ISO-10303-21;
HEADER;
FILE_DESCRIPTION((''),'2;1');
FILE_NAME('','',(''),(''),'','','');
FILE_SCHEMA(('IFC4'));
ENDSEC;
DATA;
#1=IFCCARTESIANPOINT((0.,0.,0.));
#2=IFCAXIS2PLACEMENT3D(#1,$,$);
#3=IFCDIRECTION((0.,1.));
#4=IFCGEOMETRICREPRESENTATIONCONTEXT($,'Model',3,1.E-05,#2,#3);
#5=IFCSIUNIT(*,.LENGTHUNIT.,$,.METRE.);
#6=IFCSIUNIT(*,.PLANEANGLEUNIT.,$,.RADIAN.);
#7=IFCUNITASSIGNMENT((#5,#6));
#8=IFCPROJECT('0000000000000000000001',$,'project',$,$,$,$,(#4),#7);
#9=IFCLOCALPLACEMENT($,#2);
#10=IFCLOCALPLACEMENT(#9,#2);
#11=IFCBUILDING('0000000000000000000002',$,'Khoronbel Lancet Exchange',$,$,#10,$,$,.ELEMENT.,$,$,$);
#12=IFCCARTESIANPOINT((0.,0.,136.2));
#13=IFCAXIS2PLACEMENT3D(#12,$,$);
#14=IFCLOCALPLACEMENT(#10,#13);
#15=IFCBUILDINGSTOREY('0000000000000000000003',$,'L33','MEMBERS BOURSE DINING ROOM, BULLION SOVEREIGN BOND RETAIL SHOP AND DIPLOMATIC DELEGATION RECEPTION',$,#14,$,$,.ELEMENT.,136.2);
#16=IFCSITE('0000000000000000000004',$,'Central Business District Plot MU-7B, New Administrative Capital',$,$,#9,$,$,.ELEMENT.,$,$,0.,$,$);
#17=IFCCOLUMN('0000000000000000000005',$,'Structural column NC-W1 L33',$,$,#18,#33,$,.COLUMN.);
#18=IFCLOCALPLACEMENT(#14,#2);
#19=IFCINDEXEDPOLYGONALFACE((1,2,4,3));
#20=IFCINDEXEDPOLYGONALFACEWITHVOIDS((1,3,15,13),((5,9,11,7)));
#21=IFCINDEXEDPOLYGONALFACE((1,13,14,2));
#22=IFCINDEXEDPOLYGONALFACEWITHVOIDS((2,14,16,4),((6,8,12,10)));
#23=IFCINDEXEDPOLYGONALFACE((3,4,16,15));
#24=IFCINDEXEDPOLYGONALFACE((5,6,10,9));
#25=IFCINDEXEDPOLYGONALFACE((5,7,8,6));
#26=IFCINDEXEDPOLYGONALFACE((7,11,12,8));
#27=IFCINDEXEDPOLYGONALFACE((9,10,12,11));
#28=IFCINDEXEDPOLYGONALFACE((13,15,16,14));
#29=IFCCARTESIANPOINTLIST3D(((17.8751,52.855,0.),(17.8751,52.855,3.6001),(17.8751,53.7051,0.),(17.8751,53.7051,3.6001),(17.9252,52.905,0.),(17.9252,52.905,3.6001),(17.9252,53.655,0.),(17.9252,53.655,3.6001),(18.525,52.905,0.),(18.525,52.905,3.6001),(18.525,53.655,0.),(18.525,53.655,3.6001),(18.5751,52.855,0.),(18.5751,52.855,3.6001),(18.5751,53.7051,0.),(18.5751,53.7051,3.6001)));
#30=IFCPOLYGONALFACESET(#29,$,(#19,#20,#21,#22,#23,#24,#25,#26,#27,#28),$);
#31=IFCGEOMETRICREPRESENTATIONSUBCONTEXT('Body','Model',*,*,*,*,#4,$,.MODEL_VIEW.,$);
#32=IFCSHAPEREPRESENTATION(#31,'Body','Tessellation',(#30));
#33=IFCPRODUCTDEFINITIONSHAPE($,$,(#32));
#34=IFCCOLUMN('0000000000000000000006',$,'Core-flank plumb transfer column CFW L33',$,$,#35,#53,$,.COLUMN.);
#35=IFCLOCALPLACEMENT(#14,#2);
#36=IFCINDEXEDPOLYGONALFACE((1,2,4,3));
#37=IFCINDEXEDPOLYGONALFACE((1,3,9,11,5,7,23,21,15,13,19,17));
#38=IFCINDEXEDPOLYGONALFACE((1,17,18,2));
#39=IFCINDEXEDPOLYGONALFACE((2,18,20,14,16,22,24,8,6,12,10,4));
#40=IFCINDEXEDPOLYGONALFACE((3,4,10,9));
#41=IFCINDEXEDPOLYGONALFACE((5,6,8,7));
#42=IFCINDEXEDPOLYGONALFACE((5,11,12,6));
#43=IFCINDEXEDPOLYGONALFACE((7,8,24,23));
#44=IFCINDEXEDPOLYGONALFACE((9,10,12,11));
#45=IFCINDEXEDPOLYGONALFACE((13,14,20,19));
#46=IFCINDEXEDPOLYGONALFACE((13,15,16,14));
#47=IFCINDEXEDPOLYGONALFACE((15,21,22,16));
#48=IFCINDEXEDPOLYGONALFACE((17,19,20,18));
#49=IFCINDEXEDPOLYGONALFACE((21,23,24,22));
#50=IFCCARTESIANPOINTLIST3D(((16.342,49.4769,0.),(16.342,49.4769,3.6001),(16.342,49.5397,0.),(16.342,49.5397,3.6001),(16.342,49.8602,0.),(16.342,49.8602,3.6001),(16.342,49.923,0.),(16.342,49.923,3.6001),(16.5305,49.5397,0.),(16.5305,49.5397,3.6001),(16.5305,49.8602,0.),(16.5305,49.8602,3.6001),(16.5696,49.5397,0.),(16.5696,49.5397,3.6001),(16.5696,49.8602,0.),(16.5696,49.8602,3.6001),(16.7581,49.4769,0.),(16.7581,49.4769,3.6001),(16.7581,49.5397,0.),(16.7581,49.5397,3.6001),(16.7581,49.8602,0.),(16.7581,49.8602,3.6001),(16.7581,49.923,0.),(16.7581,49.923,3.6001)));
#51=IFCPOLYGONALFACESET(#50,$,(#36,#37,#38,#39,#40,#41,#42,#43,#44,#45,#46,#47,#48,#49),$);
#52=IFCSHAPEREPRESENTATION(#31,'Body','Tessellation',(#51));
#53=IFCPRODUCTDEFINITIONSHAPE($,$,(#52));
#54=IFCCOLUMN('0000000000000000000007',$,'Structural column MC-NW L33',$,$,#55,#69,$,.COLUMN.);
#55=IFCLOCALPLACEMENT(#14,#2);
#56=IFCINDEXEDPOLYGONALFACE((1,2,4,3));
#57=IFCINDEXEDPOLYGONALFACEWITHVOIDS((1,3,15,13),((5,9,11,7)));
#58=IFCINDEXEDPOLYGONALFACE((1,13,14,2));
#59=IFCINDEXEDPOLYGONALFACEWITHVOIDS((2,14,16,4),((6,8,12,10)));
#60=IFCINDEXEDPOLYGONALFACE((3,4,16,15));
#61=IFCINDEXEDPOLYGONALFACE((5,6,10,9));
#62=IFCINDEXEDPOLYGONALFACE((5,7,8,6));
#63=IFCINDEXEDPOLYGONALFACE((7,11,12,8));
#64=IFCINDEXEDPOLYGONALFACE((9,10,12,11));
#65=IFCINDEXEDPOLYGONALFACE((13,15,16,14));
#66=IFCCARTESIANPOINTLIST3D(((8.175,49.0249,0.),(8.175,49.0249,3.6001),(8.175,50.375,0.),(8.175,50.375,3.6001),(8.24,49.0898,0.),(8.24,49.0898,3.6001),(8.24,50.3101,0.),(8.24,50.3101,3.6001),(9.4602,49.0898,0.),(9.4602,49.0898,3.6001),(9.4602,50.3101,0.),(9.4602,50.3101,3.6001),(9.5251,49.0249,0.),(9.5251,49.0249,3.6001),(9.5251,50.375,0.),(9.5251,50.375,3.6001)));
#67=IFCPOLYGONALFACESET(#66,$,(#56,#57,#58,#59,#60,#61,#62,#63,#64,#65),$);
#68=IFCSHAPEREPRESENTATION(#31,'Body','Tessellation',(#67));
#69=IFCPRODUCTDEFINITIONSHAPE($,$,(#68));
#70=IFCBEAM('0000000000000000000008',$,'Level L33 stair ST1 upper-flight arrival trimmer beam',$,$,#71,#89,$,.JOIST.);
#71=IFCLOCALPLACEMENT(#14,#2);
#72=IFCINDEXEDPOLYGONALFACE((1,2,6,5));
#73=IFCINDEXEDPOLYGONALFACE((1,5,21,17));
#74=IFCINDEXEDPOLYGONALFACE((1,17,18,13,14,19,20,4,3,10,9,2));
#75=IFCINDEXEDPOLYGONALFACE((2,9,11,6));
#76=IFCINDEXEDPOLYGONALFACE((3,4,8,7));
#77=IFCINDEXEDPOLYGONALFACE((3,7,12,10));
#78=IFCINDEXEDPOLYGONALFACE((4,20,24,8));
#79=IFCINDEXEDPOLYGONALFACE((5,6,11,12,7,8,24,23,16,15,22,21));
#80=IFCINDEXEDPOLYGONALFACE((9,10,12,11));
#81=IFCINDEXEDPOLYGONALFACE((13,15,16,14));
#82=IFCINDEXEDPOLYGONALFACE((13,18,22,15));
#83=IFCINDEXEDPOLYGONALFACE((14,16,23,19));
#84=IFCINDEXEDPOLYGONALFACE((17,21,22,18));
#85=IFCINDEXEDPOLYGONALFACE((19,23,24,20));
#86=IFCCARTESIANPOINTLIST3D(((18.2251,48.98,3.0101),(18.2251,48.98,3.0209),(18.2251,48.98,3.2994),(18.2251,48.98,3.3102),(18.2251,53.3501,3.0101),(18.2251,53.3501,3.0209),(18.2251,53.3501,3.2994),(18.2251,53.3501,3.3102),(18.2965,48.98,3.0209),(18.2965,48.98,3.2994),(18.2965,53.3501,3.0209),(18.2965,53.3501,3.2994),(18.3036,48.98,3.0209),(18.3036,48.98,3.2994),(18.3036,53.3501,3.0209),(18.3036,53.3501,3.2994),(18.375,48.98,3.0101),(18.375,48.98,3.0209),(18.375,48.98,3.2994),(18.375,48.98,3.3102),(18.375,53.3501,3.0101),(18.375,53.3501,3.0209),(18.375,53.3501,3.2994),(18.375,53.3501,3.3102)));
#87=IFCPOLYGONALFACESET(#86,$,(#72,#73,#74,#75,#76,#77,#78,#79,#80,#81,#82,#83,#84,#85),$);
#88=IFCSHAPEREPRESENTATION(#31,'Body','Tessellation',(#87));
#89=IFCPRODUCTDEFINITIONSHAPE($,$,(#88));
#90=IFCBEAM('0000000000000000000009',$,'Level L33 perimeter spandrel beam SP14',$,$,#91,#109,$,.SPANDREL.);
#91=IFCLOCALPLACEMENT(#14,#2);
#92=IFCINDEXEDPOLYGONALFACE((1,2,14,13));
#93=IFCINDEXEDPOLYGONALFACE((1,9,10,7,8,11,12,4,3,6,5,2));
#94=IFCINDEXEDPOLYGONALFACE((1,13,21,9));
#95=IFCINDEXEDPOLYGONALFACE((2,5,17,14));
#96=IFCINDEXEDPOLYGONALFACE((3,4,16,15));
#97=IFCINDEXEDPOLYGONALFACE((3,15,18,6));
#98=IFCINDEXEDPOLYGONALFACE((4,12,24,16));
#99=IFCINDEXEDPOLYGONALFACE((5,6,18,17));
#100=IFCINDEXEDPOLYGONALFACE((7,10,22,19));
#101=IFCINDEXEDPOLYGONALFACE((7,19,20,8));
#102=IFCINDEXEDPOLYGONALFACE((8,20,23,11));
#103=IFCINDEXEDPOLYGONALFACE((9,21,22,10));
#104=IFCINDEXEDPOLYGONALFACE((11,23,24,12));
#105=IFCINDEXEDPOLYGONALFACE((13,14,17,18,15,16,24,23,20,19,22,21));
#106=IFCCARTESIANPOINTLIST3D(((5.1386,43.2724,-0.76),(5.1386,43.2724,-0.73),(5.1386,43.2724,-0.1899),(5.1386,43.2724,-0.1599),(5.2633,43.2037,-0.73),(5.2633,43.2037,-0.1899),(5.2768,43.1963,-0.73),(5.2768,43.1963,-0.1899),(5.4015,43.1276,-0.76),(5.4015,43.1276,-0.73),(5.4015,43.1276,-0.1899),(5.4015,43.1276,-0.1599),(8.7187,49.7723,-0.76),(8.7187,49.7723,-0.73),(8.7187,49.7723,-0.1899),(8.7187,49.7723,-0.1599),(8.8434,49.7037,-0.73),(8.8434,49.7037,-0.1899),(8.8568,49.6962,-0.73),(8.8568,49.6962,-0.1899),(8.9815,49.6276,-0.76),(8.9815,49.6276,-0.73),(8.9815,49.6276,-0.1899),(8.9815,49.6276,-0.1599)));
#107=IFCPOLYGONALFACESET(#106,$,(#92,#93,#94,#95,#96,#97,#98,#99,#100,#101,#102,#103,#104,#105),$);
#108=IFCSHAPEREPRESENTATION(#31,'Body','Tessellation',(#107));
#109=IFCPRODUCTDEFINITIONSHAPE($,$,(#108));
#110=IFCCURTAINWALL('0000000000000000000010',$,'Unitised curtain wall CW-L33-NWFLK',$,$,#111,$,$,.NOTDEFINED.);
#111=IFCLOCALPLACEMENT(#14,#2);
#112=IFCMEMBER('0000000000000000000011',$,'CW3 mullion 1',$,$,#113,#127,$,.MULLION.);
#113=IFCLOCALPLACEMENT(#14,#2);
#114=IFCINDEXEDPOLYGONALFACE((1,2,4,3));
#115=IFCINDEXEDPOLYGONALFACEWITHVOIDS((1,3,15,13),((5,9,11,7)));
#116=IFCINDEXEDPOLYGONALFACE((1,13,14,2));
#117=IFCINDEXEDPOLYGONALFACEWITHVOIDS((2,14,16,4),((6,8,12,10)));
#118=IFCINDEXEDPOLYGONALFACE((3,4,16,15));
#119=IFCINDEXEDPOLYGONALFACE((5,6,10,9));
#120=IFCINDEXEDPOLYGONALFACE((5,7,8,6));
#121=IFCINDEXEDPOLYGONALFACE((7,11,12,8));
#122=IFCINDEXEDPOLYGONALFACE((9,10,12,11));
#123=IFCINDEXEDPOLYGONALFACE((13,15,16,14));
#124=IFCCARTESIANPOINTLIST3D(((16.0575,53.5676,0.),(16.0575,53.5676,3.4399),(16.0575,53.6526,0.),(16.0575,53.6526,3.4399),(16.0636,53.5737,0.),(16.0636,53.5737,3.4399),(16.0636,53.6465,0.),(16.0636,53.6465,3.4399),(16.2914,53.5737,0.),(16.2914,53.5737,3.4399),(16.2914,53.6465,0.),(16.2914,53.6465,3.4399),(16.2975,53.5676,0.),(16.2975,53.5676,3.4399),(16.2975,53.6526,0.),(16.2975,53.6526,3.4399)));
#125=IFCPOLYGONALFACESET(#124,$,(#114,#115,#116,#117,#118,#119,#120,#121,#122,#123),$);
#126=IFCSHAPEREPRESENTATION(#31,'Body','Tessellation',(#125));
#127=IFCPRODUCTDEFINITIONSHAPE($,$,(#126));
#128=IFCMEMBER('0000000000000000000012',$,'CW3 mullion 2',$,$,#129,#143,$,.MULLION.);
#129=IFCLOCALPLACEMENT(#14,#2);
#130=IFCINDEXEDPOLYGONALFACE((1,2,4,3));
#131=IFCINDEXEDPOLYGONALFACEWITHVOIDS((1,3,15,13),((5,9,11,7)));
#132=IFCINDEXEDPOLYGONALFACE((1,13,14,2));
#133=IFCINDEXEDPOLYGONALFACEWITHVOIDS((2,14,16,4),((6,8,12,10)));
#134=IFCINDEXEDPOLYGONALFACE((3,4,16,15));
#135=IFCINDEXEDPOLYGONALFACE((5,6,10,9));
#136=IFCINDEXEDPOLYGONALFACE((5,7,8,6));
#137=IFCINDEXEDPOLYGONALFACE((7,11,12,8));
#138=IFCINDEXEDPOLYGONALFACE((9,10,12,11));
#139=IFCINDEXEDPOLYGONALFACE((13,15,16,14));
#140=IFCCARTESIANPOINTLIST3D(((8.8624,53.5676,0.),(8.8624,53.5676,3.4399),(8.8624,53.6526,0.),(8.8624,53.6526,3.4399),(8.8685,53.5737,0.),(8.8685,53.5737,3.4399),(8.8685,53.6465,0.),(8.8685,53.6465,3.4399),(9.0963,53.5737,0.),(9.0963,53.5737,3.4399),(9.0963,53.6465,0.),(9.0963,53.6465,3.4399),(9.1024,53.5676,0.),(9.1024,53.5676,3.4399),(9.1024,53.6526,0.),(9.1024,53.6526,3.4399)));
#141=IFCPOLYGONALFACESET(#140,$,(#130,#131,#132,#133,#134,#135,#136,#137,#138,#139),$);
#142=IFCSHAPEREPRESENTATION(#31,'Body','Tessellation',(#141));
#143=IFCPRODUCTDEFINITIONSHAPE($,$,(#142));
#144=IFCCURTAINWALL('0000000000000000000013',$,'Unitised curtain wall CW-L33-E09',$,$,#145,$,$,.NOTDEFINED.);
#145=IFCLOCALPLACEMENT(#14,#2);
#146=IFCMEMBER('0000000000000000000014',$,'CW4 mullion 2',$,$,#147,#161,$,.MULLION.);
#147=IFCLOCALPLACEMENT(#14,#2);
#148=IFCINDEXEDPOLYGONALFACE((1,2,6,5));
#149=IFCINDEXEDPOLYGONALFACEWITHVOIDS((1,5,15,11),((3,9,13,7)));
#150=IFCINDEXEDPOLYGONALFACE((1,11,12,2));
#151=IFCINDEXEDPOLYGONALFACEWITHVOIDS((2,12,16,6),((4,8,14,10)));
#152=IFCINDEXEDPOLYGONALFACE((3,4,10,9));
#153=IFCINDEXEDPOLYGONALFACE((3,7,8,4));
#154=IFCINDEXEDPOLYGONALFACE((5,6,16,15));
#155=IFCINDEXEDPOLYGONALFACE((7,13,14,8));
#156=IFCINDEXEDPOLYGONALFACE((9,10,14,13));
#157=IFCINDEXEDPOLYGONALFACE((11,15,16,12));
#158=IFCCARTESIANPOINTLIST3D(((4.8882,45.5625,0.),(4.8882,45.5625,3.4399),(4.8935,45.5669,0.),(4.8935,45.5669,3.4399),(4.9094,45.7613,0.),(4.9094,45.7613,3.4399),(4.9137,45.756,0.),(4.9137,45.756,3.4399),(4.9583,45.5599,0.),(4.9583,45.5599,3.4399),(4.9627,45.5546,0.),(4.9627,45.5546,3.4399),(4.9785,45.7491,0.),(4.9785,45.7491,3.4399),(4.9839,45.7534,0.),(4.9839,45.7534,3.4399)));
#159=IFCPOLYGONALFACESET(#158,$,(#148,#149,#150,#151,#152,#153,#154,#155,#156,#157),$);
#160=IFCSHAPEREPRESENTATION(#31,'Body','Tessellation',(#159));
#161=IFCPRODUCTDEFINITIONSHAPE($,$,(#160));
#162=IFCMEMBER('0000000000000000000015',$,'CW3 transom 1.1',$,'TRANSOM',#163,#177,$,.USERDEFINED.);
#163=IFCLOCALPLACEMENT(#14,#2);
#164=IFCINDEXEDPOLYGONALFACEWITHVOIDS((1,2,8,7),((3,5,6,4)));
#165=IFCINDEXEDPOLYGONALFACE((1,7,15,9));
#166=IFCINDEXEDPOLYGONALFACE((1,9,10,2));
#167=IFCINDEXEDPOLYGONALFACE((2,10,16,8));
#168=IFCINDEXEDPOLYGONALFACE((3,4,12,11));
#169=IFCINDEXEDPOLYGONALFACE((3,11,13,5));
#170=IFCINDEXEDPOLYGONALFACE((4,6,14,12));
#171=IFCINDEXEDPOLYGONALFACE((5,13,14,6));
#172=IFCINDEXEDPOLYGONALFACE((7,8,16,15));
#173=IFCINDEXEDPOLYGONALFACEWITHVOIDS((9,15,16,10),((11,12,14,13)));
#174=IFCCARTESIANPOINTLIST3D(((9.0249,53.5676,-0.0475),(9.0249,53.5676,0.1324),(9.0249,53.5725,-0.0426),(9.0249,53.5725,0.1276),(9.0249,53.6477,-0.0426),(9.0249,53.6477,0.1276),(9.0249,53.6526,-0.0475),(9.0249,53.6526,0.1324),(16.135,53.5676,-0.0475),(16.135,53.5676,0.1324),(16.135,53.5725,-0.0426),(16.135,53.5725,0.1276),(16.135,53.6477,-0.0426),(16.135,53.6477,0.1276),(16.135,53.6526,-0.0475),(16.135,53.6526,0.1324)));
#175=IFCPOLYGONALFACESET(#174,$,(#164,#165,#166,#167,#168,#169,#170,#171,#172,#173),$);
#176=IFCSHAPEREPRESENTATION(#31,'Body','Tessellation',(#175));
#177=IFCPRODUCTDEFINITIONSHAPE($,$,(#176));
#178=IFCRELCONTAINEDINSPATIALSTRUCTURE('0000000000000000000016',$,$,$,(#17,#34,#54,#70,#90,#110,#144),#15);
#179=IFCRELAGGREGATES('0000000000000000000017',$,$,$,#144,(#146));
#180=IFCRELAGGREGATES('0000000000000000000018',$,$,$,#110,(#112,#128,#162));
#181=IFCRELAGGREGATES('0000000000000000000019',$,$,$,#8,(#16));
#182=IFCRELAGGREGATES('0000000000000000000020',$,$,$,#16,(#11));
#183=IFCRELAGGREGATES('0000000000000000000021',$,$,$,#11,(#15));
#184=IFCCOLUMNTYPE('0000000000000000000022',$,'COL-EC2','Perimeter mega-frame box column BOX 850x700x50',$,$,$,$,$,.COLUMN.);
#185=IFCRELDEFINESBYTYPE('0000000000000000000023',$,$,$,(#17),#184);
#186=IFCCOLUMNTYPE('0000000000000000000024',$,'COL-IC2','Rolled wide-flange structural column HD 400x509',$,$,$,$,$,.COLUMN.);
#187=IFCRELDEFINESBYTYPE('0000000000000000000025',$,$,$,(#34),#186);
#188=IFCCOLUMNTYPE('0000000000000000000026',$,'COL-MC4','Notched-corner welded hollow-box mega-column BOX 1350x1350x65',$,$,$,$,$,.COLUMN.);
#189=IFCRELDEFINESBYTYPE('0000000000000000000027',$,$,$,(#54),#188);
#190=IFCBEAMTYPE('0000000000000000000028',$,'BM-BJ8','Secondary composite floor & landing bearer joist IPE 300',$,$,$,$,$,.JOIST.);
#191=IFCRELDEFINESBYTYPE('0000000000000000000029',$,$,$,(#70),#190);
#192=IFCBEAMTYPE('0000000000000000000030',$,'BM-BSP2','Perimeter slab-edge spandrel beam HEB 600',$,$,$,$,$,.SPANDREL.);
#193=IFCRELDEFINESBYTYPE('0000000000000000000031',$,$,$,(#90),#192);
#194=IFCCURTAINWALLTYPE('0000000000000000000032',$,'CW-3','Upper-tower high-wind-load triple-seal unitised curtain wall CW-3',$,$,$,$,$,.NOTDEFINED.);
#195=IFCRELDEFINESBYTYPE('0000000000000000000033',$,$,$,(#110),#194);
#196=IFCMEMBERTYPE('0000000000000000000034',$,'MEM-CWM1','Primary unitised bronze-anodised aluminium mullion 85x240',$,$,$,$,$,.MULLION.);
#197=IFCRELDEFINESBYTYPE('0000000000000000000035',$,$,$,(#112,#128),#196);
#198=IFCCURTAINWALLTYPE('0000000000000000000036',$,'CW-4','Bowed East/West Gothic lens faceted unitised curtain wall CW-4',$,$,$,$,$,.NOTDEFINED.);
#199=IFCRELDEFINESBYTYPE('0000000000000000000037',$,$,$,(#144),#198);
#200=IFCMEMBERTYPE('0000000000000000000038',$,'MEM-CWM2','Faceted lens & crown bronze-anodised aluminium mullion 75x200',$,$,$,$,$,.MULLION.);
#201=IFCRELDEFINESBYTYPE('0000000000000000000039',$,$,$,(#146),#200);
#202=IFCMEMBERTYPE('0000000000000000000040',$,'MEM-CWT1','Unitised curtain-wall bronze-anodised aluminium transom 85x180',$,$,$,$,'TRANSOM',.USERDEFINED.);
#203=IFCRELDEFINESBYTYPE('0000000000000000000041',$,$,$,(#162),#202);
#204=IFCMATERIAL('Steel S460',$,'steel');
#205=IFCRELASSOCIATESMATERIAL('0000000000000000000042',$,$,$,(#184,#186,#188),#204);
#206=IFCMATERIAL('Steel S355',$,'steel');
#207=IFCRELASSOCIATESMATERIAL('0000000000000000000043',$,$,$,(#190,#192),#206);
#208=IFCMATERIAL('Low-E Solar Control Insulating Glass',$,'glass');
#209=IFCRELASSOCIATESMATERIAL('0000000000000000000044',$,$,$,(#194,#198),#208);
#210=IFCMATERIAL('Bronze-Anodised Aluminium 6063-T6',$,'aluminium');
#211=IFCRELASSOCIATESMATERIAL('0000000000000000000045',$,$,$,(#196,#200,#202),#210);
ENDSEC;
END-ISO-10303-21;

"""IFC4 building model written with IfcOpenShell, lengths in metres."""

from ifc_helpers import new_model, si_unit, direction, frame, origin, origin_2d, place, context, subcontext, project, spatial, hollow_rectangle, i_section, extrude, material, material_profile, profile_set, type_object, element, aggregate, save


model = new_model("IFC4")

# Units and contexts
model_context = context("Model", 3, precision=1e-05, world=origin(), true_north=direction((0.0, 1.0)))
body_context = subcontext(model_context, "Body", "Model", "MODEL_VIEW")
ifc_project = project(units=[si_unit("LENGTHUNIT", "METRE"), si_unit("PLANEANGLEUNIT", "RADIAN")], contexts=[model_context])

# Site, building, storey
site_placement = place(None, origin())
site = spatial("IfcSite", under=ifc_project, at=site_placement, Name="Central Business District Plot MU-7B, New Administrative Capital", CompositionType="ELEMENT", RefElevation=0.0)
building_placement = place(site_placement, origin())
building = spatial("IfcBuilding", under=site, at=building_placement, Name="Khoronbel Lancet Exchange", CompositionType="ELEMENT")
storey_placement = place(building_placement, frame((0.0, 0.0, 136.2)))
storey = spatial("IfcBuildingStorey", under=building, at=storey_placement, Name="L33", Description="MEMBERS BOURSE DINING ROOM, BULLION SOVEREIGN BOND RETAIL SHOP AND DIPLOMATIC DELEGATION RECEPTION", CompositionType="ELEMENT", Elevation=136.2)

# Columns
ifc_material_1 = material(Name="Steel S460", Category="steel")
ifc_material_profile_1 = material_profile(ifc_material_1, hollow_rectangle(XDim=0.7, YDim=0.8501, WallThickness=0.05, at=origin_2d()), Name="BOX 850x700x50")
ifc_profile_set_1 = profile_set([ifc_material_profile_1], Name="Steel S460")
column_type_1 = type_object("IfcColumnType", Name="COL-EC2", Description="Perimeter mega-frame box column BOX 850x700x50", PredefinedType="COLUMN", material=ifc_profile_set_1)
column_1_placement = place(storey_placement, frame((18.2251, 53.28, 0.0), z_axis=(0.0, 0.0, 1.0), x_axis=(1.0, 0.0, 0.0)))
element("IfcColumn", 1, at=column_1_placement, inside=storey, type_object=column_type_1, Name="Structural column NC-W1 L33", PredefinedType="COLUMN", context=body_context, shape_type="SweptSolid", body=[
    extrude(hollow_rectangle(XDim=0.7, YDim=0.8501, WallThickness=0.05, at=origin_2d()), origin(), (0.0, 0.0, 1.0), 3.6001),
])
ifc_material_profile_2 = material_profile(ifc_material_1, i_section(OverallWidth=0.416, OverallDepth=0.446, WebThickness=0.0391, FlangeThickness=0.0627, at=origin_2d()), Name="HD 400x509")
ifc_profile_set_2 = profile_set([ifc_material_profile_2], Name="Steel S460")
column_type_2 = type_object("IfcColumnType", Name="COL-IC2", Description="Rolled wide-flange structural column HD 400x509", PredefinedType="COLUMN", material=ifc_profile_set_2)
column_2_placement = place(storey_placement, frame((16.55, 49.7, 0.0), z_axis=(0.0, 0.0, 1.0), x_axis=(1.0, 0.0, 0.0)))
element("IfcColumn", 2, at=column_2_placement, inside=storey, type_object=column_type_2, Name="Core-flank plumb transfer column CFW L33", PredefinedType="COLUMN", context=body_context, shape_type="SweptSolid", body=[
    extrude(i_section(OverallWidth=0.416, OverallDepth=0.446, WebThickness=0.0391, FlangeThickness=0.0627, at=origin_2d()), origin(), (0.0, 0.0, 1.0), 3.6001),
])
ifc_material_profile_3 = material_profile(ifc_material_1, hollow_rectangle(XDim=1.3501, YDim=1.3501, WallThickness=0.0649, at=origin_2d()), Name="BOX 1350x1350x65")
ifc_profile_set_3 = profile_set([ifc_material_profile_3], Name="Steel S460")
column_type_3 = type_object("IfcColumnType", Name="COL-MC4", Description="Notched-corner welded hollow-box mega-column BOX 1350x1350x65", PredefinedType="COLUMN", material=ifc_profile_set_3)
column_3_placement = place(storey_placement, frame((8.8501, 49.7, 0.0), z_axis=(0.0, 0.0, 1.0), x_axis=(1.0, 0.0, 0.0)))
element("IfcColumn", 3, at=column_3_placement, inside=storey, type_object=column_type_3, Name="Structural column MC-NW L33", PredefinedType="COLUMN", context=body_context, shape_type="SweptSolid", body=[
    extrude(hollow_rectangle(XDim=1.3501, YDim=1.3501, WallThickness=0.0649, at=origin_2d()), origin(), (0.0, 0.0, 1.0), 3.6001),
])

# Beams
ifc_material_2 = material(Name="Steel S355", Category="steel")
ifc_material_profile_4 = material_profile(ifc_material_2, i_section(OverallWidth=0.1499, OverallDepth=0.3, WebThickness=0.0071, FlangeThickness=0.0107, at=origin_2d()), Name="IPE 300")
ifc_profile_set_4 = profile_set([ifc_material_profile_4], Name="Steel S355")
beam_type_1 = type_object("IfcBeamType", Name="BM-BJ8", Description="Secondary composite floor & landing bearer joist IPE 300", PredefinedType="JOIST", material=ifc_profile_set_4)
beam_1_placement = place(storey_placement, frame((18.3, 48.98, 3.1602), z_axis=(0.0, 1.0, 0.0), x_axis=(-1.0, 0.0, 0.0)))
element("IfcBeam", 4, at=beam_1_placement, inside=storey, type_object=beam_type_1, Name="Level L33 stair ST1 upper-flight arrival trimmer beam", PredefinedType="JOIST", context=body_context, shape_type="SweptSolid", body=[
    extrude(i_section(OverallWidth=0.1499, OverallDepth=0.3, WebThickness=0.0071, FlangeThickness=0.0107, at=origin_2d()), origin(), (0.0, 0.0, 1.0), 4.3701),
])
ifc_material_profile_5 = material_profile(ifc_material_2, i_section(OverallWidth=0.3, OverallDepth=0.6001, WebThickness=0.0154, FlangeThickness=0.03, at=origin_2d()), Name="HEB 600")
ifc_profile_set_5 = profile_set([ifc_material_profile_5], Name="Steel S355")
beam_type_2 = type_object("IfcBeamType", Name="BM-BSP2", Description="Perimeter slab-edge spandrel beam HEB 600", PredefinedType="SPANDREL", material=ifc_profile_set_5)
beam_2_placement = place(storey_placement, frame((8.8501, 49.7, -0.46), z_axis=(-0.482444, -0.875927, 0.0), x_axis=(0.875927, -0.482444, 0.0)))
element("IfcBeam", 5, at=beam_2_placement, inside=storey, type_object=beam_type_2, Name="Level L33 perimeter spandrel beam SP14", PredefinedType="SPANDREL", context=body_context, shape_type="SweptSolid", body=[
    extrude(i_section(OverallWidth=0.3, OverallDepth=0.6001, WebThickness=0.0154, FlangeThickness=0.03, at=origin_2d()), origin(), (0.0, 0.0, 1.0), 7.4207),
])

# Curtain wall, members
ifc_material_3 = material(Name="Low-E Solar Control Insulating Glass", Category="glass")
curtain_wall_type_1 = type_object("IfcCurtainWallType", Name="CW-3", Description="Upper-tower high-wind-load triple-seal unitised curtain wall CW-3", PredefinedType="NOTDEFINED", material=ifc_material_3)
curtain_wall_1_placement = place(storey_placement, origin())
curtain_wall_1 = element("IfcCurtainWall", 6, at=curtain_wall_1_placement, inside=storey, type_object=curtain_wall_type_1, Name="Unitised curtain wall CW-L33-NWFLK", PredefinedType="NOTDEFINED")
ifc_material_4 = material(Name="Bronze-Anodised Aluminium 6063-T6", Category="aluminium")
ifc_material_profile_6 = material_profile(ifc_material_4, hollow_rectangle(XDim=0.085, YDim=0.24, WallThickness=0.0061, at=origin_2d()), Name="ALU MULLION 85x240")
ifc_profile_set_6 = profile_set([ifc_material_profile_6], Name="Bronze-Anodised Aluminium 6063-T6")
member_type_1 = type_object("IfcMemberType", Name="MEM-CWM1", Description="Primary unitised bronze-anodised aluminium mullion 85x240", PredefinedType="MULLION", material=ifc_profile_set_6)
member_1_placement = place(storey_placement, frame((16.1775, 53.6101, 0.0), z_axis=(0.0, 0.0, 1.0), x_axis=(0.0, -1.0, 0.0)))
member_1 = element("IfcMember", 7, at=member_1_placement, type_object=member_type_1, Name="CW3 mullion 1", PredefinedType="MULLION", context=body_context, shape_type="SweptSolid", body=[
    extrude(hollow_rectangle(XDim=0.085, YDim=0.24, WallThickness=0.0061, at=origin_2d()), origin(), (0.0, 0.0, 1.0), 3.4399),
])
member_2_placement = place(storey_placement, frame((8.9824, 53.6101, 0.0), z_axis=(0.0, 0.0, 1.0), x_axis=(0.0, -1.0, 0.0)))
member_2 = element("IfcMember", 8, at=member_2_placement, type_object=member_type_1, Name="CW3 mullion 2", PredefinedType="MULLION", context=body_context, shape_type="SweptSolid", body=[
    extrude(hollow_rectangle(XDim=0.085, YDim=0.24, WallThickness=0.0061, at=origin_2d()), origin(), (0.0, 0.0, 1.0), 3.4399),
])

# Curtain wall, member
curtain_wall_type_2 = type_object("IfcCurtainWallType", Name="CW-4", Description="Bowed East/West Gothic lens faceted unitised curtain wall CW-4", PredefinedType="NOTDEFINED", material=ifc_material_3)
curtain_wall_2_placement = place(storey_placement, origin())
curtain_wall_2 = element("IfcCurtainWall", 9, at=curtain_wall_2_placement, inside=storey, type_object=curtain_wall_type_2, Name="Unitised curtain wall CW-L33-E09", PredefinedType="NOTDEFINED")
ifc_material_profile_7 = material_profile(ifc_material_4, hollow_rectangle(XDim=0.075, YDim=0.2, WallThickness=0.0049, at=origin_2d()), Name="ALU MULLION 75x200")
ifc_profile_set_7 = profile_set([ifc_material_profile_7], Name="Bronze-Anodised Aluminium 6063-T6")
member_type_2 = type_object("IfcMemberType", Name="MEM-CWM2", Description="Faceted lens & crown bronze-anodised aluminium mullion 75x200", PredefinedType="MULLION", material=ifc_profile_set_7)
member_3_placement = place(storey_placement, frame((4.936, 45.658, 0.0), z_axis=(0.0, 0.0, 1.0), x_axis=(-0.994347, 0.106181, 0.0)))
member_3 = element("IfcMember", 10, at=member_3_placement, type_object=member_type_2, Name="CW4 mullion 2", PredefinedType="MULLION", context=body_context, shape_type="SweptSolid", body=[
    extrude(hollow_rectangle(XDim=0.075, YDim=0.2, WallThickness=0.0049, at=origin_2d()), origin(), (0.0, 0.0, 1.0), 3.4399),
])
aggregate(curtain_wall_2, [member_3])

# Member
ifc_material_profile_8 = material_profile(ifc_material_4, hollow_rectangle(XDim=0.085, YDim=0.1799, WallThickness=0.0049, at=origin_2d()), Name="ALU TRANSOM 85x180")
ifc_profile_set_8 = profile_set([ifc_material_profile_8], Name="Bronze-Anodised Aluminium 6063-T6")
member_type_3 = type_object("IfcMemberType", Name="MEM-CWT1", Description="Unitised curtain-wall bronze-anodised aluminium transom 85x180", ElementType="TRANSOM", PredefinedType="USERDEFINED", material=ifc_profile_set_8)
member_4_placement = place(storey_placement, frame((16.135, 53.6101, 0.0425), z_axis=(-1.0, 0.0, 0.0), x_axis=(0.0, -1.0, 0.0)))
member_4 = element("IfcMember", 11, at=member_4_placement, type_object=member_type_3, Name="CW3 transom 1.1", ObjectType="TRANSOM", PredefinedType="USERDEFINED", context=body_context, shape_type="SweptSolid", body=[
    extrude(hollow_rectangle(XDim=0.085, YDim=0.1799, WallThickness=0.0049, at=origin_2d()), origin(), (0.0, 0.0, 1.0), 7.1101),
])

aggregate(curtain_wall_1, [member_1, member_2, member_4])

save(model, "model.ifc")
